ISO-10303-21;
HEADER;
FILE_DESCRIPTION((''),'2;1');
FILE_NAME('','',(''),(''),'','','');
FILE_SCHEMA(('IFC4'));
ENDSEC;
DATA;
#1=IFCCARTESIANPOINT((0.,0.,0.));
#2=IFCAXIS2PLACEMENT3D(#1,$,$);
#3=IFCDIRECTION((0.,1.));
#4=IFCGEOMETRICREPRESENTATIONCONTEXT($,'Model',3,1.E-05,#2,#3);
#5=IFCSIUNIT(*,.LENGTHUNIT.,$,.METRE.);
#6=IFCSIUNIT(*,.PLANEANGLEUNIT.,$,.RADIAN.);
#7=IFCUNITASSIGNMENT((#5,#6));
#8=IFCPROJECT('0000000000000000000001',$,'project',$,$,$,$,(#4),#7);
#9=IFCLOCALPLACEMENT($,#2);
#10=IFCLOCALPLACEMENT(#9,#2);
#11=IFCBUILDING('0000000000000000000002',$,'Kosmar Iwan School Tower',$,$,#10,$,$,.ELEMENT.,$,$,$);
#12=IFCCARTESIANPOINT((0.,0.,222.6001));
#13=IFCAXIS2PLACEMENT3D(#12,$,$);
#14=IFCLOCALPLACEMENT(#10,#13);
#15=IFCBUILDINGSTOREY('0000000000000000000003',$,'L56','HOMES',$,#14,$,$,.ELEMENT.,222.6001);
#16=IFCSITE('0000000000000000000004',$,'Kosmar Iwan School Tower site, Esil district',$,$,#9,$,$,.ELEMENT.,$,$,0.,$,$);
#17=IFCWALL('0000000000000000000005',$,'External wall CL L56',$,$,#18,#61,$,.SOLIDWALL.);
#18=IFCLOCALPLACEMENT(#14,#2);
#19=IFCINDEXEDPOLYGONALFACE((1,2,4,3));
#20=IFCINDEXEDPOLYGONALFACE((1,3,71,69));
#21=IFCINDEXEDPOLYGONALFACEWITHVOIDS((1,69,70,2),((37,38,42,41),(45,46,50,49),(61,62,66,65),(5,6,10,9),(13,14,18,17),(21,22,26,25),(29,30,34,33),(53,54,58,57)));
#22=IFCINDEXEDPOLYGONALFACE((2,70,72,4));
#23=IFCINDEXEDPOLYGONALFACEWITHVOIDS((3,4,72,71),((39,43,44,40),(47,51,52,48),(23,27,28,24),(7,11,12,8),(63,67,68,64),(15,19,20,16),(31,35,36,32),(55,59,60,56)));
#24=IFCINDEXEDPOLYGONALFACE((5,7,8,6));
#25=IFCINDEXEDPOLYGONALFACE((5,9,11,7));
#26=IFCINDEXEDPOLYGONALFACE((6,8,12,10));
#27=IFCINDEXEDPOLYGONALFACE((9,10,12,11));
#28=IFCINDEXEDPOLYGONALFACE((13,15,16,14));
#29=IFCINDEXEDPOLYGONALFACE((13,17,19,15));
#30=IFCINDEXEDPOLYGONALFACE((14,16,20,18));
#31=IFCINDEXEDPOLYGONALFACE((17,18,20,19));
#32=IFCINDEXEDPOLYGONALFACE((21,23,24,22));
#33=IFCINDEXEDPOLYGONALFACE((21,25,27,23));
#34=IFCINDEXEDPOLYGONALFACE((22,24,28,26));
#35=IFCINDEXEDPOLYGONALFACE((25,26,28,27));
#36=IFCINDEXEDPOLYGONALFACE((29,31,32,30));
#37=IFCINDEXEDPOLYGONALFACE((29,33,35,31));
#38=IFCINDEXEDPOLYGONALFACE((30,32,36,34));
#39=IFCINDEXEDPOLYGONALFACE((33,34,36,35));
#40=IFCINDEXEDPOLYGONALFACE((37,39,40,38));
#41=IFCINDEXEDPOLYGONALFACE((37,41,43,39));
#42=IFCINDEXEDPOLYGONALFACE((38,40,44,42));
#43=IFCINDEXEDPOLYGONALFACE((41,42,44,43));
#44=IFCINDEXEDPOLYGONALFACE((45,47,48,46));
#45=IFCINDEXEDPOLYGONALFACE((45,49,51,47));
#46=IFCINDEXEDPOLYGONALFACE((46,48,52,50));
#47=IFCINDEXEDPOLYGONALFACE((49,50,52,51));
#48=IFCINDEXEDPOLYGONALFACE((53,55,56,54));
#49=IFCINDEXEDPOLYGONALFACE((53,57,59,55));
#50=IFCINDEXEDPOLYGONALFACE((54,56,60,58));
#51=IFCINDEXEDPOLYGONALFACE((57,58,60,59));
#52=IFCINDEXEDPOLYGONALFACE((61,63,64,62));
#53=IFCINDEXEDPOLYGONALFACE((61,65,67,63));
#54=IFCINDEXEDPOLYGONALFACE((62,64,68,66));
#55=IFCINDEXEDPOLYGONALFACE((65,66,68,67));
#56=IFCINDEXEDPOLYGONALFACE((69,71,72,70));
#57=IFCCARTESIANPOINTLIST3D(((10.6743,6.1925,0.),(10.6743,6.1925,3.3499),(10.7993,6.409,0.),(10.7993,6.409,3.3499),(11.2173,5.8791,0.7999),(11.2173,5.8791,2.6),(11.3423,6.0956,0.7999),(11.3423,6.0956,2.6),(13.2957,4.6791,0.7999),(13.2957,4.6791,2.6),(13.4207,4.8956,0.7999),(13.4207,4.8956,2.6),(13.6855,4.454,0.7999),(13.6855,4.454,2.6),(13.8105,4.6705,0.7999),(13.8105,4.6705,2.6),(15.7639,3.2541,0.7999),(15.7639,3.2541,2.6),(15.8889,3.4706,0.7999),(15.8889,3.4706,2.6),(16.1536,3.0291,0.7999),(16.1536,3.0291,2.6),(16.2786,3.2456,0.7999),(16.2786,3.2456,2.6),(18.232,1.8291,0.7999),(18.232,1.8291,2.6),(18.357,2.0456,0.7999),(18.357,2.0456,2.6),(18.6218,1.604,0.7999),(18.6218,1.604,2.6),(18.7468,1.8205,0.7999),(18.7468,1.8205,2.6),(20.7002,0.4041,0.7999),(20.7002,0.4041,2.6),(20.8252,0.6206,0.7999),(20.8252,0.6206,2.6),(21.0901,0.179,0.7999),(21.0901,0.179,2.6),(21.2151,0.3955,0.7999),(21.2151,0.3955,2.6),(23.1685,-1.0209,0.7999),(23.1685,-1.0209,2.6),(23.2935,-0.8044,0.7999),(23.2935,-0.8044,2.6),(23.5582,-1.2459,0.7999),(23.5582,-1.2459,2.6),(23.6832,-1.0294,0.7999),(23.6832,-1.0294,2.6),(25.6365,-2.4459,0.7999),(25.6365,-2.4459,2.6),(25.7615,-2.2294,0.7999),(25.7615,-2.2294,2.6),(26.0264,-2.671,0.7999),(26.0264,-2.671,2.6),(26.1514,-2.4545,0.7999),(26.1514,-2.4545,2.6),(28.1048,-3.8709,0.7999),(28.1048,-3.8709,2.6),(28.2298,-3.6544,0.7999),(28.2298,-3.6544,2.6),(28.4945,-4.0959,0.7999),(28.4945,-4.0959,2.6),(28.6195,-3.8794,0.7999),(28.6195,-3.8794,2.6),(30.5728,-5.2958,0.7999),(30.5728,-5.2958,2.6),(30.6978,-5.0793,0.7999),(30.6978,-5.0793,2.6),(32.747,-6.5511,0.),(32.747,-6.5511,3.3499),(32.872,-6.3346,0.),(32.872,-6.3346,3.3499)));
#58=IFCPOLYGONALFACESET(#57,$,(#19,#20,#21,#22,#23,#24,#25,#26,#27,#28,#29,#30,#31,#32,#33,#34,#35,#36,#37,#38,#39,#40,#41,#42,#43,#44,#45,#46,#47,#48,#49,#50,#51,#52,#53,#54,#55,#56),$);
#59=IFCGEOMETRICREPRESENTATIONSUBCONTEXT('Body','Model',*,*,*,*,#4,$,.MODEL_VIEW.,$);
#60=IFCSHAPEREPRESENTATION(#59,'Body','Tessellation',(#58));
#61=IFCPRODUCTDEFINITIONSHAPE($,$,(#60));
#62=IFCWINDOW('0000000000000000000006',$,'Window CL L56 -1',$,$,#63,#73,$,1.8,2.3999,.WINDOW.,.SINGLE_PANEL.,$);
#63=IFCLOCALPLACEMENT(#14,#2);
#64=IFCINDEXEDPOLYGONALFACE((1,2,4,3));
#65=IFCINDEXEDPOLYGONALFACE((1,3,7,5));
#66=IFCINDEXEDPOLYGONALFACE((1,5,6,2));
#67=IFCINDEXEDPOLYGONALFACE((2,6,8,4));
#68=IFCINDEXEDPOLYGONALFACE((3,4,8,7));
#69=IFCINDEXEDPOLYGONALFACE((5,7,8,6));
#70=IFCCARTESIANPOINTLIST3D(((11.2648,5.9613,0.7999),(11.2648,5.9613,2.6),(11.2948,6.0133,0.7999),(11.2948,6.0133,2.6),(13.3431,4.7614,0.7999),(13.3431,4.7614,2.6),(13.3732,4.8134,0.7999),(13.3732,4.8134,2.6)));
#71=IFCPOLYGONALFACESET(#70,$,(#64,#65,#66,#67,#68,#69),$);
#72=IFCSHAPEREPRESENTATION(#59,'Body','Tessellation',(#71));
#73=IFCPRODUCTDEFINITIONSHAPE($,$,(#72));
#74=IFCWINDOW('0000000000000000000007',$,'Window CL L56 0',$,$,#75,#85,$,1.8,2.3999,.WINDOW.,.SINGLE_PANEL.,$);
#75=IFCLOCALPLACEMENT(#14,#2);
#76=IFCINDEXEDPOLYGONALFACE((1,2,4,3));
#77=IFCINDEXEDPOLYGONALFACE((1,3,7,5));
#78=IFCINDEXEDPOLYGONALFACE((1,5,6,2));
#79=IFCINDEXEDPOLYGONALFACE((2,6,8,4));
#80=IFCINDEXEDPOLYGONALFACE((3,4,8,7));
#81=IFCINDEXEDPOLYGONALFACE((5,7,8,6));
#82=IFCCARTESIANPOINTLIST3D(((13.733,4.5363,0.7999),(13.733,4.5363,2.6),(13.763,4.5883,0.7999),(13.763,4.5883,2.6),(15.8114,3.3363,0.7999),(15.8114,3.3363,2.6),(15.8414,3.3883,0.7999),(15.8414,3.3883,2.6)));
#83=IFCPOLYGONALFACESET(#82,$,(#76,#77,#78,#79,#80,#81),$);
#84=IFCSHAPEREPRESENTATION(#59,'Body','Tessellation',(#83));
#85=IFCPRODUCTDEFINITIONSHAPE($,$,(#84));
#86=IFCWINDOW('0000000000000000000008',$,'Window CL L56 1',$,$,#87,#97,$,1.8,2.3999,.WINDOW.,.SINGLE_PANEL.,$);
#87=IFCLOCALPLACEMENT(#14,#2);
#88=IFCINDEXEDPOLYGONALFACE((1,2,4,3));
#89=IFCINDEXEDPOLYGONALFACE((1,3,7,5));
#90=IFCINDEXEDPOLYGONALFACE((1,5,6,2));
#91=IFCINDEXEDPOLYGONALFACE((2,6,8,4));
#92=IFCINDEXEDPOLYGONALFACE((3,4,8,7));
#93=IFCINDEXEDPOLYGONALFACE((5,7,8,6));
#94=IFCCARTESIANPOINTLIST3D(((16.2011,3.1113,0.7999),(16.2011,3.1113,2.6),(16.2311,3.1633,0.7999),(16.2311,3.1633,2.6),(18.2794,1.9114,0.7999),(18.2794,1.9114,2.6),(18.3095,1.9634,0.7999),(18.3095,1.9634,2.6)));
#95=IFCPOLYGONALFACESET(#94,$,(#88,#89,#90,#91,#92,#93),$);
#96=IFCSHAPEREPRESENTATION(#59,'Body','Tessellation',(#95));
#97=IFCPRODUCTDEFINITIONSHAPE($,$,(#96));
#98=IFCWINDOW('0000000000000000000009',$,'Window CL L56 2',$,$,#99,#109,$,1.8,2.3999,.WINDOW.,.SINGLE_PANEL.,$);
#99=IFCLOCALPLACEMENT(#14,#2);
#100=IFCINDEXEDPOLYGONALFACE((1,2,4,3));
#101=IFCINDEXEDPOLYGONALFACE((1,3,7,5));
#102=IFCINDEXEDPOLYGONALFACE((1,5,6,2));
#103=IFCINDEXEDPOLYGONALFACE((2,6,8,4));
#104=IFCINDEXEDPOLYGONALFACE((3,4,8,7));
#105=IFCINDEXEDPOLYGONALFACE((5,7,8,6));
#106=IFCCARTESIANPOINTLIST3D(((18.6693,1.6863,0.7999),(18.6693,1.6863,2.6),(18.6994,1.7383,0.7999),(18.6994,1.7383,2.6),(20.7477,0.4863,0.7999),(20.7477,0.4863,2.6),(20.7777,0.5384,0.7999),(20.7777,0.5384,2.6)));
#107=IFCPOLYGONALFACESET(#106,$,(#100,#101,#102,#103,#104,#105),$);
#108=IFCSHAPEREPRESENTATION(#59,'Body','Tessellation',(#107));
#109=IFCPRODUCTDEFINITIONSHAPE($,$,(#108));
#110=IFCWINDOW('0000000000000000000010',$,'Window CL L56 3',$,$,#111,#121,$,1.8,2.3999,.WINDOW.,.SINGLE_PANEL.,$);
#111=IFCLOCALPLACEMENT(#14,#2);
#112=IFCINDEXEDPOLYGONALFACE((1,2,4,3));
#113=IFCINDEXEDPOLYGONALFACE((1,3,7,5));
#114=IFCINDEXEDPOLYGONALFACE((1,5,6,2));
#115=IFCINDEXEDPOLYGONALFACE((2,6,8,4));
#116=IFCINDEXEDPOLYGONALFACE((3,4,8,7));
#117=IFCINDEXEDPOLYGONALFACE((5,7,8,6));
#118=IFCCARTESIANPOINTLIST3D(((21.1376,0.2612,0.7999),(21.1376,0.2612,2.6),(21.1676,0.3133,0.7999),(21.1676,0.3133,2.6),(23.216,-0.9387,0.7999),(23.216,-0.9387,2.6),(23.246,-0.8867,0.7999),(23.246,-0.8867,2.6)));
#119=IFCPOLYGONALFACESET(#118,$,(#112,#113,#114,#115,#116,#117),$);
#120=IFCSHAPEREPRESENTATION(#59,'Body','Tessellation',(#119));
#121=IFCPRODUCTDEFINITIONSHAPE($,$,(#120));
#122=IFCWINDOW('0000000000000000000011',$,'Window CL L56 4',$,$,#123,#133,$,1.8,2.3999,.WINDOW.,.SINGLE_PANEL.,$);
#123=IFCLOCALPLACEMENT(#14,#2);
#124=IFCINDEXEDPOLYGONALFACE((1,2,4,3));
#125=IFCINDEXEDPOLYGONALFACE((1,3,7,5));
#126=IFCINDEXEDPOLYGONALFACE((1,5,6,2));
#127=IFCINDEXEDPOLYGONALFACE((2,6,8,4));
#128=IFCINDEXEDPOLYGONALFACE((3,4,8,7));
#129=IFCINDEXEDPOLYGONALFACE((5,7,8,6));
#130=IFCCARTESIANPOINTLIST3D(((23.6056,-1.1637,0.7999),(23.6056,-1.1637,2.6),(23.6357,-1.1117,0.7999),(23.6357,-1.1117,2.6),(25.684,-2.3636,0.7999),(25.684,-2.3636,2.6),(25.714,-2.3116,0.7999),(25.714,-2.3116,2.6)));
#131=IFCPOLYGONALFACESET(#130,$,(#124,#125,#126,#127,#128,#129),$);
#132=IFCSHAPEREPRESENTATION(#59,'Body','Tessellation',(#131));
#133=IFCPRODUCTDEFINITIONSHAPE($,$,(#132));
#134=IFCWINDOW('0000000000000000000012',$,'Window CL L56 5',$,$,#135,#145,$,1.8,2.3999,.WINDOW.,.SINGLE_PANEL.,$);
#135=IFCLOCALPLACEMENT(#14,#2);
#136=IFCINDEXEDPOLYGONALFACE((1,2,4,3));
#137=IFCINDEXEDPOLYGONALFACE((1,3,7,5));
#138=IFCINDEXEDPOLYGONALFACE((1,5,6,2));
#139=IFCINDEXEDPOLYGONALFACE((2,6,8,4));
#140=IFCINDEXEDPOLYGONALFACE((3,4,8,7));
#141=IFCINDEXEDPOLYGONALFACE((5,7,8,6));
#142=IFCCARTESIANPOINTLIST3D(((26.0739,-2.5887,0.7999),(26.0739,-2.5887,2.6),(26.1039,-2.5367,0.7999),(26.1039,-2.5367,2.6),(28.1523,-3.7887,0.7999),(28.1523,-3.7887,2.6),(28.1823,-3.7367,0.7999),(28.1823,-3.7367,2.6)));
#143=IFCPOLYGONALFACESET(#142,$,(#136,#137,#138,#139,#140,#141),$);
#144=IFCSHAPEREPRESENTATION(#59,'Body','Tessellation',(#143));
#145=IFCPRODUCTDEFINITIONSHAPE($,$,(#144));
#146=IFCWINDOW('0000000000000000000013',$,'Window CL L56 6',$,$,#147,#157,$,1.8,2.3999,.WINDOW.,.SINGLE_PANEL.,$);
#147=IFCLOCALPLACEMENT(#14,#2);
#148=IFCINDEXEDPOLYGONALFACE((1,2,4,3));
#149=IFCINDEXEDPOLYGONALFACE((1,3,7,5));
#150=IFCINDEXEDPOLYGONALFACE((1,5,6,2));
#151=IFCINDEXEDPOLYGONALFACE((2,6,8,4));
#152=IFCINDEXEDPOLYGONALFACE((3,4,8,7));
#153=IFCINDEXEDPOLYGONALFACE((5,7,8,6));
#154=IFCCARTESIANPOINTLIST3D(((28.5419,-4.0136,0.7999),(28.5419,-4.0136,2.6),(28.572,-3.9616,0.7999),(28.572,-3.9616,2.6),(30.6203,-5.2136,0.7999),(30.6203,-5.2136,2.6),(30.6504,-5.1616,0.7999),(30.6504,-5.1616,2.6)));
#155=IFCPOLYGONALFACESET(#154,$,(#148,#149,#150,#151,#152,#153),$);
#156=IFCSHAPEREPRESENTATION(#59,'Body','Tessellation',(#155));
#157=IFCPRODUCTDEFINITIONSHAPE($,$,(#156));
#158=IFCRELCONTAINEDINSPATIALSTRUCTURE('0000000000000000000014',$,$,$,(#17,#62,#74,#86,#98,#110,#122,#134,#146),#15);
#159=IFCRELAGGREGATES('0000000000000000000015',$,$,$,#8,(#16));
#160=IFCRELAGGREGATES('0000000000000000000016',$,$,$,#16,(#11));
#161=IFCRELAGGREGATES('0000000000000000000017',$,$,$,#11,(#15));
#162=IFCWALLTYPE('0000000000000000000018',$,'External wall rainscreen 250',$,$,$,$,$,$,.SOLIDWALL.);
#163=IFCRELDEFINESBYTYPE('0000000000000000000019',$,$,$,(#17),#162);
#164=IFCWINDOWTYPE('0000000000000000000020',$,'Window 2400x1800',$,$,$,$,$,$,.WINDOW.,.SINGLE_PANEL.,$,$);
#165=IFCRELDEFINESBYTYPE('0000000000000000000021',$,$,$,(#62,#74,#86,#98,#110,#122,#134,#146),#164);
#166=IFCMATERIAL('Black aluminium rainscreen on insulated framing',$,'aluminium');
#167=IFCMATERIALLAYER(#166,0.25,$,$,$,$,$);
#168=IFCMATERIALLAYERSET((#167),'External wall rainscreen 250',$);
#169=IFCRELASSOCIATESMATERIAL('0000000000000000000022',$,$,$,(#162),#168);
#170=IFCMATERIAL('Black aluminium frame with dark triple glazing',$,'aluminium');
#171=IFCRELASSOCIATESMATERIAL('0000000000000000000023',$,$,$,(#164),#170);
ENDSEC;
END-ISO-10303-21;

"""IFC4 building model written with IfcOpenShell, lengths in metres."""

from ifc_helpers import new_model, si_unit, direction, frame, frame_2d, origin, place, context, subcontext, project, spatial, rectangle, extrude, material, layer, layer_set, type_object, element, fill, save


model = new_model("IFC4")

# Units and contexts
model_context = context("Model", 3, precision=1e-05, world=origin(), true_north=direction((0.0, 1.0)))
body_context = subcontext(model_context, "Body", "Model", "MODEL_VIEW")
ifc_project = project(units=[si_unit("LENGTHUNIT", "METRE"), si_unit("PLANEANGLEUNIT", "RADIAN")], contexts=[model_context])

# Site, building, storey
site_placement = place(None, origin())
site = spatial("IfcSite", under=ifc_project, at=site_placement, Name="Kosmar Iwan School Tower site, Esil district", CompositionType="ELEMENT", RefElevation=0.0)
building_placement = place(site_placement, origin())
building = spatial("IfcBuilding", under=site, at=building_placement, Name="Kosmar Iwan School Tower", CompositionType="ELEMENT")
storey_placement = place(building_placement, frame((0.0, 0.0, 222.6001)))
storey = spatial("IfcBuildingStorey", under=building, at=storey_placement, Name="L56", Description="HOMES", CompositionType="ELEMENT", Elevation=222.6001)

# Wall, openings, windows
ifc_material_1 = material(Name="Black aluminium rainscreen on insulated framing", Category="aluminium")
ifc_layer_1 = layer(ifc_material_1, 0.25)
ifc_layer_set_1 = layer_set([ifc_layer_1], Name="External wall rainscreen 250")
wall_type_1 = type_object("IfcWallType", Name="External wall rainscreen 250", PredefinedType="SOLIDWALL", material=ifc_layer_set_1)
wall_1_placement = place(storey_placement, frame((10.7368, 6.3008, 0.0), z_axis=(0.0, 0.0, 1.0), x_axis=(0.866026, -0.499998, 0.0)))
wall_1 = element("IfcWall", 1, at=wall_1_placement, inside=storey, type_object=wall_type_1, Name="External wall CL L56", PredefinedType="SOLIDWALL", context=body_context, shape_type="SweptSolid", body=[
    extrude(rectangle(XDim=25.4873, YDim=0.25, at=frame_2d((12.7437, 0.0))), origin(), (0.0, 0.0, 1.0), 3.3499),
])
opening_1_placement = place(wall_1_placement, frame((0.627, 0.0, 0.8)))
opening_1 = element("IfcOpeningElement", 2, at=opening_1_placement, cuts=wall_1, PredefinedType="OPENING", context=body_context, shape_type="SweptSolid", body=[
    extrude(rectangle(XDim=2.3999, YDim=1.8, at=frame_2d((1.2, 0.8999))), frame((0.0, 0.137, 0.0), z_axis=(0.0, -1.0, 0.0), x_axis=(1.0, 0.0, 0.0)), (0.0, 0.0, 1.0), 0.2739),
])
opening_2_placement = place(wall_1_placement, frame((3.4771, 0.0, 0.8)))
opening_2 = element("IfcOpeningElement", 3, at=opening_2_placement, cuts=wall_1, PredefinedType="OPENING", context=body_context, shape_type="SweptSolid", body=[
    extrude(rectangle(XDim=2.3999, YDim=1.8, at=frame_2d((1.2, 0.8999))), frame((0.0, 0.137, 0.0), z_axis=(0.0, -1.0, 0.0), x_axis=(1.0, 0.0, 0.0)), (0.0, 0.0, 1.0), 0.2739),
])
opening_3_placement = place(wall_1_placement, frame((6.3269, 0.0, 0.8)))
opening_3 = element("IfcOpeningElement", 4, at=opening_3_placement, cuts=wall_1, PredefinedType="OPENING", context=body_context, shape_type="SweptSolid", body=[
    extrude(rectangle(XDim=2.3999, YDim=1.8, at=frame_2d((1.2, 0.8999))), frame((0.0, 0.137, 0.0), z_axis=(0.0, -1.0, 0.0), x_axis=(1.0, 0.0, 0.0)), (0.0, 0.0, 1.0), 0.2739),
])
opening_4_placement = place(wall_1_placement, frame((9.177, 0.0, 0.8)))
opening_4 = element("IfcOpeningElement", 5, at=opening_4_placement, cuts=wall_1, PredefinedType="OPENING", context=body_context, shape_type="SweptSolid", body=[
    extrude(rectangle(XDim=2.3999, YDim=1.8, at=frame_2d((1.2, 0.8999))), frame((0.0, 0.137, 0.0), z_axis=(0.0, -1.0, 0.0), x_axis=(1.0, 0.0, 0.0)), (0.0, 0.0, 1.0), 0.2739),
])
opening_5_placement = place(wall_1_placement, frame((12.0271, 0.0, 0.8)))
opening_5 = element("IfcOpeningElement", 6, at=opening_5_placement, cuts=wall_1, PredefinedType="OPENING", context=body_context, shape_type="SweptSolid", body=[
    extrude(rectangle(XDim=2.3999, YDim=1.8, at=frame_2d((1.2, 0.8999))), frame((0.0, 0.137, 0.0), z_axis=(0.0, -1.0, 0.0), x_axis=(1.0, 0.0, 0.0)), (0.0, 0.0, 1.0), 0.2739),
])
opening_6_placement = place(wall_1_placement, frame((14.877, 0.0, 0.8)))
opening_6 = element("IfcOpeningElement", 7, at=opening_6_placement, cuts=wall_1, PredefinedType="OPENING", context=body_context, shape_type="SweptSolid", body=[
    extrude(rectangle(XDim=2.3999, YDim=1.8, at=frame_2d((1.2, 0.8999))), frame((0.0, 0.137, 0.0), z_axis=(0.0, -1.0, 0.0), x_axis=(1.0, 0.0, 0.0)), (0.0, 0.0, 1.0), 0.2739),
])
opening_7_placement = place(wall_1_placement, frame((17.7271, 0.0, 0.8)))
opening_7 = element("IfcOpeningElement", 8, at=opening_7_placement, cuts=wall_1, PredefinedType="OPENING", context=body_context, shape_type="SweptSolid", body=[
    extrude(rectangle(XDim=2.3999, YDim=1.8, at=frame_2d((1.2, 0.8999))), frame((0.0, 0.137, 0.0), z_axis=(0.0, -1.0, 0.0), x_axis=(1.0, 0.0, 0.0)), (0.0, 0.0, 1.0), 0.2739),
])
opening_8_placement = place(wall_1_placement, frame((20.5769, 0.0, 0.8)))
opening_8 = element("IfcOpeningElement", 9, at=opening_8_placement, cuts=wall_1, PredefinedType="OPENING", context=body_context, shape_type="SweptSolid", body=[
    extrude(rectangle(XDim=2.3999, YDim=1.8, at=frame_2d((1.2, 0.8999))), frame((0.0, 0.137, 0.0), z_axis=(0.0, -1.0, 0.0), x_axis=(1.0, 0.0, 0.0)), (0.0, 0.0, 1.0), 0.2739),
])
ifc_material_2 = material(Name="Black aluminium frame with dark triple glazing", Category="aluminium")
window_type = type_object("IfcWindowType", Name="Window 2400x1800", PartitioningType="SINGLE_PANEL", PredefinedType="WINDOW", material=ifc_material_2)
window_1_placement = place(opening_1_placement, origin())
window_1 = element("IfcWindow", 10, at=window_1_placement, inside=storey, type_object=window_type, Name="Window CL L56 -1", OverallHeight=1.8, OverallWidth=2.3999, PartitioningType="SINGLE_PANEL", PredefinedType="WINDOW", context=body_context, shape_type="SweptSolid", body=[
    extrude(rectangle(XDim=2.3999, YDim=1.8, at=frame_2d((1.2, 0.8999))), frame((0.0, 0.03, 0.0), z_axis=(0.0, -1.0, 0.0), x_axis=(1.0, 0.0, 0.0)), (0.0, 0.0, 1.0), 0.0601),
])
fill(opening_1, window_1)
window_2_placement = place(opening_2_placement, origin())
window_2 = element("IfcWindow", 11, at=window_2_placement, inside=storey, type_object=window_type, Name="Window CL L56 0", OverallHeight=1.8, OverallWidth=2.3999, PartitioningType="SINGLE_PANEL", PredefinedType="WINDOW", context=body_context, shape_type="SweptSolid", body=[
    extrude(rectangle(XDim=2.3999, YDim=1.8, at=frame_2d((1.2, 0.8999))), frame((0.0, 0.03, 0.0), z_axis=(0.0, -1.0, 0.0), x_axis=(1.0, 0.0, 0.0)), (0.0, 0.0, 1.0), 0.0601),
])
fill(opening_2, window_2)
window_3_placement = place(opening_3_placement, origin())
window_3 = element("IfcWindow", 12, at=window_3_placement, inside=storey, type_object=window_type, Name="Window CL L56 1", OverallHeight=1.8, OverallWidth=2.3999, PartitioningType="SINGLE_PANEL", PredefinedType="WINDOW", context=body_context, shape_type="SweptSolid", body=[
    extrude(rectangle(XDim=2.3999, YDim=1.8, at=frame_2d((1.2, 0.8999))), frame((0.0, 0.03, 0.0), z_axis=(0.0, -1.0, 0.0), x_axis=(1.0, 0.0, 0.0)), (0.0, 0.0, 1.0), 0.0601),
])
fill(opening_3, window_3)
window_4_placement = place(opening_4_placement, origin())
window_4 = element("IfcWindow", 13, at=window_4_placement, inside=storey, type_object=window_type, Name="Window CL L56 2", OverallHeight=1.8, OverallWidth=2.3999, PartitioningType="SINGLE_PANEL", PredefinedType="WINDOW", context=body_context, shape_type="SweptSolid", body=[
    extrude(rectangle(XDim=2.3999, YDim=1.8, at=frame_2d((1.2, 0.8999))), frame((0.0, 0.03, 0.0), z_axis=(0.0, -1.0, 0.0), x_axis=(1.0, 0.0, 0.0)), (0.0, 0.0, 1.0), 0.0601),
])
fill(opening_4, window_4)
window_5_placement = place(opening_5_placement, origin())
window_5 = element("IfcWindow", 14, at=window_5_placement, inside=storey, type_object=window_type, Name="Window CL L56 3", OverallHeight=1.8, OverallWidth=2.3999, PartitioningType="SINGLE_PANEL", PredefinedType="WINDOW", context=body_context, shape_type="SweptSolid", body=[
    extrude(rectangle(XDim=2.3999, YDim=1.8, at=frame_2d((1.2, 0.8999))), frame((0.0, 0.03, 0.0), z_axis=(0.0, -1.0, 0.0), x_axis=(1.0, 0.0, 0.0)), (0.0, 0.0, 1.0), 0.0601),
])
fill(opening_5, window_5)
window_6_placement = place(opening_6_placement, origin())
window_6 = element("IfcWindow", 15, at=window_6_placement, inside=storey, type_object=window_type, Name="Window CL L56 4", OverallHeight=1.8, OverallWidth=2.3999, PartitioningType="SINGLE_PANEL", PredefinedType="WINDOW", context=body_context, shape_type="SweptSolid", body=[
    extrude(rectangle(XDim=2.3999, YDim=1.8, at=frame_2d((1.2, 0.8999))), frame((0.0, 0.03, 0.0), z_axis=(0.0, -1.0, 0.0), x_axis=(1.0, 0.0, 0.0)), (0.0, 0.0, 1.0), 0.0601),
])
fill(opening_6, window_6)
window_7_placement = place(opening_7_placement, origin())
window_7 = element("IfcWindow", 16, at=window_7_placement, inside=storey, type_object=window_type, Name="Window CL L56 5", OverallHeight=1.8, OverallWidth=2.3999, PartitioningType="SINGLE_PANEL", PredefinedType="WINDOW", context=body_context, shape_type="SweptSolid", body=[
    extrude(rectangle(XDim=2.3999, YDim=1.8, at=frame_2d((1.2, 0.8999))), frame((0.0, 0.03, 0.0), z_axis=(0.0, -1.0, 0.0), x_axis=(1.0, 0.0, 0.0)), (0.0, 0.0, 1.0), 0.0601),
])
fill(opening_7, window_7)
window_8_placement = place(opening_8_placement, origin())
window_8 = element("IfcWindow", 17, at=window_8_placement, inside=storey, type_object=window_type, Name="Window CL L56 6", OverallHeight=1.8, OverallWidth=2.3999, PartitioningType="SINGLE_PANEL", PredefinedType="WINDOW", context=body_context, shape_type="SweptSolid", body=[
    extrude(rectangle(XDim=2.3999, YDim=1.8, at=frame_2d((1.2, 0.8999))), frame((0.0, 0.03, 0.0), z_axis=(0.0, -1.0, 0.0), x_axis=(1.0, 0.0, 0.0)), (0.0, 0.0, 1.0), 0.0601),
])
fill(opening_8, window_8)

save(model, "model.ifc")
